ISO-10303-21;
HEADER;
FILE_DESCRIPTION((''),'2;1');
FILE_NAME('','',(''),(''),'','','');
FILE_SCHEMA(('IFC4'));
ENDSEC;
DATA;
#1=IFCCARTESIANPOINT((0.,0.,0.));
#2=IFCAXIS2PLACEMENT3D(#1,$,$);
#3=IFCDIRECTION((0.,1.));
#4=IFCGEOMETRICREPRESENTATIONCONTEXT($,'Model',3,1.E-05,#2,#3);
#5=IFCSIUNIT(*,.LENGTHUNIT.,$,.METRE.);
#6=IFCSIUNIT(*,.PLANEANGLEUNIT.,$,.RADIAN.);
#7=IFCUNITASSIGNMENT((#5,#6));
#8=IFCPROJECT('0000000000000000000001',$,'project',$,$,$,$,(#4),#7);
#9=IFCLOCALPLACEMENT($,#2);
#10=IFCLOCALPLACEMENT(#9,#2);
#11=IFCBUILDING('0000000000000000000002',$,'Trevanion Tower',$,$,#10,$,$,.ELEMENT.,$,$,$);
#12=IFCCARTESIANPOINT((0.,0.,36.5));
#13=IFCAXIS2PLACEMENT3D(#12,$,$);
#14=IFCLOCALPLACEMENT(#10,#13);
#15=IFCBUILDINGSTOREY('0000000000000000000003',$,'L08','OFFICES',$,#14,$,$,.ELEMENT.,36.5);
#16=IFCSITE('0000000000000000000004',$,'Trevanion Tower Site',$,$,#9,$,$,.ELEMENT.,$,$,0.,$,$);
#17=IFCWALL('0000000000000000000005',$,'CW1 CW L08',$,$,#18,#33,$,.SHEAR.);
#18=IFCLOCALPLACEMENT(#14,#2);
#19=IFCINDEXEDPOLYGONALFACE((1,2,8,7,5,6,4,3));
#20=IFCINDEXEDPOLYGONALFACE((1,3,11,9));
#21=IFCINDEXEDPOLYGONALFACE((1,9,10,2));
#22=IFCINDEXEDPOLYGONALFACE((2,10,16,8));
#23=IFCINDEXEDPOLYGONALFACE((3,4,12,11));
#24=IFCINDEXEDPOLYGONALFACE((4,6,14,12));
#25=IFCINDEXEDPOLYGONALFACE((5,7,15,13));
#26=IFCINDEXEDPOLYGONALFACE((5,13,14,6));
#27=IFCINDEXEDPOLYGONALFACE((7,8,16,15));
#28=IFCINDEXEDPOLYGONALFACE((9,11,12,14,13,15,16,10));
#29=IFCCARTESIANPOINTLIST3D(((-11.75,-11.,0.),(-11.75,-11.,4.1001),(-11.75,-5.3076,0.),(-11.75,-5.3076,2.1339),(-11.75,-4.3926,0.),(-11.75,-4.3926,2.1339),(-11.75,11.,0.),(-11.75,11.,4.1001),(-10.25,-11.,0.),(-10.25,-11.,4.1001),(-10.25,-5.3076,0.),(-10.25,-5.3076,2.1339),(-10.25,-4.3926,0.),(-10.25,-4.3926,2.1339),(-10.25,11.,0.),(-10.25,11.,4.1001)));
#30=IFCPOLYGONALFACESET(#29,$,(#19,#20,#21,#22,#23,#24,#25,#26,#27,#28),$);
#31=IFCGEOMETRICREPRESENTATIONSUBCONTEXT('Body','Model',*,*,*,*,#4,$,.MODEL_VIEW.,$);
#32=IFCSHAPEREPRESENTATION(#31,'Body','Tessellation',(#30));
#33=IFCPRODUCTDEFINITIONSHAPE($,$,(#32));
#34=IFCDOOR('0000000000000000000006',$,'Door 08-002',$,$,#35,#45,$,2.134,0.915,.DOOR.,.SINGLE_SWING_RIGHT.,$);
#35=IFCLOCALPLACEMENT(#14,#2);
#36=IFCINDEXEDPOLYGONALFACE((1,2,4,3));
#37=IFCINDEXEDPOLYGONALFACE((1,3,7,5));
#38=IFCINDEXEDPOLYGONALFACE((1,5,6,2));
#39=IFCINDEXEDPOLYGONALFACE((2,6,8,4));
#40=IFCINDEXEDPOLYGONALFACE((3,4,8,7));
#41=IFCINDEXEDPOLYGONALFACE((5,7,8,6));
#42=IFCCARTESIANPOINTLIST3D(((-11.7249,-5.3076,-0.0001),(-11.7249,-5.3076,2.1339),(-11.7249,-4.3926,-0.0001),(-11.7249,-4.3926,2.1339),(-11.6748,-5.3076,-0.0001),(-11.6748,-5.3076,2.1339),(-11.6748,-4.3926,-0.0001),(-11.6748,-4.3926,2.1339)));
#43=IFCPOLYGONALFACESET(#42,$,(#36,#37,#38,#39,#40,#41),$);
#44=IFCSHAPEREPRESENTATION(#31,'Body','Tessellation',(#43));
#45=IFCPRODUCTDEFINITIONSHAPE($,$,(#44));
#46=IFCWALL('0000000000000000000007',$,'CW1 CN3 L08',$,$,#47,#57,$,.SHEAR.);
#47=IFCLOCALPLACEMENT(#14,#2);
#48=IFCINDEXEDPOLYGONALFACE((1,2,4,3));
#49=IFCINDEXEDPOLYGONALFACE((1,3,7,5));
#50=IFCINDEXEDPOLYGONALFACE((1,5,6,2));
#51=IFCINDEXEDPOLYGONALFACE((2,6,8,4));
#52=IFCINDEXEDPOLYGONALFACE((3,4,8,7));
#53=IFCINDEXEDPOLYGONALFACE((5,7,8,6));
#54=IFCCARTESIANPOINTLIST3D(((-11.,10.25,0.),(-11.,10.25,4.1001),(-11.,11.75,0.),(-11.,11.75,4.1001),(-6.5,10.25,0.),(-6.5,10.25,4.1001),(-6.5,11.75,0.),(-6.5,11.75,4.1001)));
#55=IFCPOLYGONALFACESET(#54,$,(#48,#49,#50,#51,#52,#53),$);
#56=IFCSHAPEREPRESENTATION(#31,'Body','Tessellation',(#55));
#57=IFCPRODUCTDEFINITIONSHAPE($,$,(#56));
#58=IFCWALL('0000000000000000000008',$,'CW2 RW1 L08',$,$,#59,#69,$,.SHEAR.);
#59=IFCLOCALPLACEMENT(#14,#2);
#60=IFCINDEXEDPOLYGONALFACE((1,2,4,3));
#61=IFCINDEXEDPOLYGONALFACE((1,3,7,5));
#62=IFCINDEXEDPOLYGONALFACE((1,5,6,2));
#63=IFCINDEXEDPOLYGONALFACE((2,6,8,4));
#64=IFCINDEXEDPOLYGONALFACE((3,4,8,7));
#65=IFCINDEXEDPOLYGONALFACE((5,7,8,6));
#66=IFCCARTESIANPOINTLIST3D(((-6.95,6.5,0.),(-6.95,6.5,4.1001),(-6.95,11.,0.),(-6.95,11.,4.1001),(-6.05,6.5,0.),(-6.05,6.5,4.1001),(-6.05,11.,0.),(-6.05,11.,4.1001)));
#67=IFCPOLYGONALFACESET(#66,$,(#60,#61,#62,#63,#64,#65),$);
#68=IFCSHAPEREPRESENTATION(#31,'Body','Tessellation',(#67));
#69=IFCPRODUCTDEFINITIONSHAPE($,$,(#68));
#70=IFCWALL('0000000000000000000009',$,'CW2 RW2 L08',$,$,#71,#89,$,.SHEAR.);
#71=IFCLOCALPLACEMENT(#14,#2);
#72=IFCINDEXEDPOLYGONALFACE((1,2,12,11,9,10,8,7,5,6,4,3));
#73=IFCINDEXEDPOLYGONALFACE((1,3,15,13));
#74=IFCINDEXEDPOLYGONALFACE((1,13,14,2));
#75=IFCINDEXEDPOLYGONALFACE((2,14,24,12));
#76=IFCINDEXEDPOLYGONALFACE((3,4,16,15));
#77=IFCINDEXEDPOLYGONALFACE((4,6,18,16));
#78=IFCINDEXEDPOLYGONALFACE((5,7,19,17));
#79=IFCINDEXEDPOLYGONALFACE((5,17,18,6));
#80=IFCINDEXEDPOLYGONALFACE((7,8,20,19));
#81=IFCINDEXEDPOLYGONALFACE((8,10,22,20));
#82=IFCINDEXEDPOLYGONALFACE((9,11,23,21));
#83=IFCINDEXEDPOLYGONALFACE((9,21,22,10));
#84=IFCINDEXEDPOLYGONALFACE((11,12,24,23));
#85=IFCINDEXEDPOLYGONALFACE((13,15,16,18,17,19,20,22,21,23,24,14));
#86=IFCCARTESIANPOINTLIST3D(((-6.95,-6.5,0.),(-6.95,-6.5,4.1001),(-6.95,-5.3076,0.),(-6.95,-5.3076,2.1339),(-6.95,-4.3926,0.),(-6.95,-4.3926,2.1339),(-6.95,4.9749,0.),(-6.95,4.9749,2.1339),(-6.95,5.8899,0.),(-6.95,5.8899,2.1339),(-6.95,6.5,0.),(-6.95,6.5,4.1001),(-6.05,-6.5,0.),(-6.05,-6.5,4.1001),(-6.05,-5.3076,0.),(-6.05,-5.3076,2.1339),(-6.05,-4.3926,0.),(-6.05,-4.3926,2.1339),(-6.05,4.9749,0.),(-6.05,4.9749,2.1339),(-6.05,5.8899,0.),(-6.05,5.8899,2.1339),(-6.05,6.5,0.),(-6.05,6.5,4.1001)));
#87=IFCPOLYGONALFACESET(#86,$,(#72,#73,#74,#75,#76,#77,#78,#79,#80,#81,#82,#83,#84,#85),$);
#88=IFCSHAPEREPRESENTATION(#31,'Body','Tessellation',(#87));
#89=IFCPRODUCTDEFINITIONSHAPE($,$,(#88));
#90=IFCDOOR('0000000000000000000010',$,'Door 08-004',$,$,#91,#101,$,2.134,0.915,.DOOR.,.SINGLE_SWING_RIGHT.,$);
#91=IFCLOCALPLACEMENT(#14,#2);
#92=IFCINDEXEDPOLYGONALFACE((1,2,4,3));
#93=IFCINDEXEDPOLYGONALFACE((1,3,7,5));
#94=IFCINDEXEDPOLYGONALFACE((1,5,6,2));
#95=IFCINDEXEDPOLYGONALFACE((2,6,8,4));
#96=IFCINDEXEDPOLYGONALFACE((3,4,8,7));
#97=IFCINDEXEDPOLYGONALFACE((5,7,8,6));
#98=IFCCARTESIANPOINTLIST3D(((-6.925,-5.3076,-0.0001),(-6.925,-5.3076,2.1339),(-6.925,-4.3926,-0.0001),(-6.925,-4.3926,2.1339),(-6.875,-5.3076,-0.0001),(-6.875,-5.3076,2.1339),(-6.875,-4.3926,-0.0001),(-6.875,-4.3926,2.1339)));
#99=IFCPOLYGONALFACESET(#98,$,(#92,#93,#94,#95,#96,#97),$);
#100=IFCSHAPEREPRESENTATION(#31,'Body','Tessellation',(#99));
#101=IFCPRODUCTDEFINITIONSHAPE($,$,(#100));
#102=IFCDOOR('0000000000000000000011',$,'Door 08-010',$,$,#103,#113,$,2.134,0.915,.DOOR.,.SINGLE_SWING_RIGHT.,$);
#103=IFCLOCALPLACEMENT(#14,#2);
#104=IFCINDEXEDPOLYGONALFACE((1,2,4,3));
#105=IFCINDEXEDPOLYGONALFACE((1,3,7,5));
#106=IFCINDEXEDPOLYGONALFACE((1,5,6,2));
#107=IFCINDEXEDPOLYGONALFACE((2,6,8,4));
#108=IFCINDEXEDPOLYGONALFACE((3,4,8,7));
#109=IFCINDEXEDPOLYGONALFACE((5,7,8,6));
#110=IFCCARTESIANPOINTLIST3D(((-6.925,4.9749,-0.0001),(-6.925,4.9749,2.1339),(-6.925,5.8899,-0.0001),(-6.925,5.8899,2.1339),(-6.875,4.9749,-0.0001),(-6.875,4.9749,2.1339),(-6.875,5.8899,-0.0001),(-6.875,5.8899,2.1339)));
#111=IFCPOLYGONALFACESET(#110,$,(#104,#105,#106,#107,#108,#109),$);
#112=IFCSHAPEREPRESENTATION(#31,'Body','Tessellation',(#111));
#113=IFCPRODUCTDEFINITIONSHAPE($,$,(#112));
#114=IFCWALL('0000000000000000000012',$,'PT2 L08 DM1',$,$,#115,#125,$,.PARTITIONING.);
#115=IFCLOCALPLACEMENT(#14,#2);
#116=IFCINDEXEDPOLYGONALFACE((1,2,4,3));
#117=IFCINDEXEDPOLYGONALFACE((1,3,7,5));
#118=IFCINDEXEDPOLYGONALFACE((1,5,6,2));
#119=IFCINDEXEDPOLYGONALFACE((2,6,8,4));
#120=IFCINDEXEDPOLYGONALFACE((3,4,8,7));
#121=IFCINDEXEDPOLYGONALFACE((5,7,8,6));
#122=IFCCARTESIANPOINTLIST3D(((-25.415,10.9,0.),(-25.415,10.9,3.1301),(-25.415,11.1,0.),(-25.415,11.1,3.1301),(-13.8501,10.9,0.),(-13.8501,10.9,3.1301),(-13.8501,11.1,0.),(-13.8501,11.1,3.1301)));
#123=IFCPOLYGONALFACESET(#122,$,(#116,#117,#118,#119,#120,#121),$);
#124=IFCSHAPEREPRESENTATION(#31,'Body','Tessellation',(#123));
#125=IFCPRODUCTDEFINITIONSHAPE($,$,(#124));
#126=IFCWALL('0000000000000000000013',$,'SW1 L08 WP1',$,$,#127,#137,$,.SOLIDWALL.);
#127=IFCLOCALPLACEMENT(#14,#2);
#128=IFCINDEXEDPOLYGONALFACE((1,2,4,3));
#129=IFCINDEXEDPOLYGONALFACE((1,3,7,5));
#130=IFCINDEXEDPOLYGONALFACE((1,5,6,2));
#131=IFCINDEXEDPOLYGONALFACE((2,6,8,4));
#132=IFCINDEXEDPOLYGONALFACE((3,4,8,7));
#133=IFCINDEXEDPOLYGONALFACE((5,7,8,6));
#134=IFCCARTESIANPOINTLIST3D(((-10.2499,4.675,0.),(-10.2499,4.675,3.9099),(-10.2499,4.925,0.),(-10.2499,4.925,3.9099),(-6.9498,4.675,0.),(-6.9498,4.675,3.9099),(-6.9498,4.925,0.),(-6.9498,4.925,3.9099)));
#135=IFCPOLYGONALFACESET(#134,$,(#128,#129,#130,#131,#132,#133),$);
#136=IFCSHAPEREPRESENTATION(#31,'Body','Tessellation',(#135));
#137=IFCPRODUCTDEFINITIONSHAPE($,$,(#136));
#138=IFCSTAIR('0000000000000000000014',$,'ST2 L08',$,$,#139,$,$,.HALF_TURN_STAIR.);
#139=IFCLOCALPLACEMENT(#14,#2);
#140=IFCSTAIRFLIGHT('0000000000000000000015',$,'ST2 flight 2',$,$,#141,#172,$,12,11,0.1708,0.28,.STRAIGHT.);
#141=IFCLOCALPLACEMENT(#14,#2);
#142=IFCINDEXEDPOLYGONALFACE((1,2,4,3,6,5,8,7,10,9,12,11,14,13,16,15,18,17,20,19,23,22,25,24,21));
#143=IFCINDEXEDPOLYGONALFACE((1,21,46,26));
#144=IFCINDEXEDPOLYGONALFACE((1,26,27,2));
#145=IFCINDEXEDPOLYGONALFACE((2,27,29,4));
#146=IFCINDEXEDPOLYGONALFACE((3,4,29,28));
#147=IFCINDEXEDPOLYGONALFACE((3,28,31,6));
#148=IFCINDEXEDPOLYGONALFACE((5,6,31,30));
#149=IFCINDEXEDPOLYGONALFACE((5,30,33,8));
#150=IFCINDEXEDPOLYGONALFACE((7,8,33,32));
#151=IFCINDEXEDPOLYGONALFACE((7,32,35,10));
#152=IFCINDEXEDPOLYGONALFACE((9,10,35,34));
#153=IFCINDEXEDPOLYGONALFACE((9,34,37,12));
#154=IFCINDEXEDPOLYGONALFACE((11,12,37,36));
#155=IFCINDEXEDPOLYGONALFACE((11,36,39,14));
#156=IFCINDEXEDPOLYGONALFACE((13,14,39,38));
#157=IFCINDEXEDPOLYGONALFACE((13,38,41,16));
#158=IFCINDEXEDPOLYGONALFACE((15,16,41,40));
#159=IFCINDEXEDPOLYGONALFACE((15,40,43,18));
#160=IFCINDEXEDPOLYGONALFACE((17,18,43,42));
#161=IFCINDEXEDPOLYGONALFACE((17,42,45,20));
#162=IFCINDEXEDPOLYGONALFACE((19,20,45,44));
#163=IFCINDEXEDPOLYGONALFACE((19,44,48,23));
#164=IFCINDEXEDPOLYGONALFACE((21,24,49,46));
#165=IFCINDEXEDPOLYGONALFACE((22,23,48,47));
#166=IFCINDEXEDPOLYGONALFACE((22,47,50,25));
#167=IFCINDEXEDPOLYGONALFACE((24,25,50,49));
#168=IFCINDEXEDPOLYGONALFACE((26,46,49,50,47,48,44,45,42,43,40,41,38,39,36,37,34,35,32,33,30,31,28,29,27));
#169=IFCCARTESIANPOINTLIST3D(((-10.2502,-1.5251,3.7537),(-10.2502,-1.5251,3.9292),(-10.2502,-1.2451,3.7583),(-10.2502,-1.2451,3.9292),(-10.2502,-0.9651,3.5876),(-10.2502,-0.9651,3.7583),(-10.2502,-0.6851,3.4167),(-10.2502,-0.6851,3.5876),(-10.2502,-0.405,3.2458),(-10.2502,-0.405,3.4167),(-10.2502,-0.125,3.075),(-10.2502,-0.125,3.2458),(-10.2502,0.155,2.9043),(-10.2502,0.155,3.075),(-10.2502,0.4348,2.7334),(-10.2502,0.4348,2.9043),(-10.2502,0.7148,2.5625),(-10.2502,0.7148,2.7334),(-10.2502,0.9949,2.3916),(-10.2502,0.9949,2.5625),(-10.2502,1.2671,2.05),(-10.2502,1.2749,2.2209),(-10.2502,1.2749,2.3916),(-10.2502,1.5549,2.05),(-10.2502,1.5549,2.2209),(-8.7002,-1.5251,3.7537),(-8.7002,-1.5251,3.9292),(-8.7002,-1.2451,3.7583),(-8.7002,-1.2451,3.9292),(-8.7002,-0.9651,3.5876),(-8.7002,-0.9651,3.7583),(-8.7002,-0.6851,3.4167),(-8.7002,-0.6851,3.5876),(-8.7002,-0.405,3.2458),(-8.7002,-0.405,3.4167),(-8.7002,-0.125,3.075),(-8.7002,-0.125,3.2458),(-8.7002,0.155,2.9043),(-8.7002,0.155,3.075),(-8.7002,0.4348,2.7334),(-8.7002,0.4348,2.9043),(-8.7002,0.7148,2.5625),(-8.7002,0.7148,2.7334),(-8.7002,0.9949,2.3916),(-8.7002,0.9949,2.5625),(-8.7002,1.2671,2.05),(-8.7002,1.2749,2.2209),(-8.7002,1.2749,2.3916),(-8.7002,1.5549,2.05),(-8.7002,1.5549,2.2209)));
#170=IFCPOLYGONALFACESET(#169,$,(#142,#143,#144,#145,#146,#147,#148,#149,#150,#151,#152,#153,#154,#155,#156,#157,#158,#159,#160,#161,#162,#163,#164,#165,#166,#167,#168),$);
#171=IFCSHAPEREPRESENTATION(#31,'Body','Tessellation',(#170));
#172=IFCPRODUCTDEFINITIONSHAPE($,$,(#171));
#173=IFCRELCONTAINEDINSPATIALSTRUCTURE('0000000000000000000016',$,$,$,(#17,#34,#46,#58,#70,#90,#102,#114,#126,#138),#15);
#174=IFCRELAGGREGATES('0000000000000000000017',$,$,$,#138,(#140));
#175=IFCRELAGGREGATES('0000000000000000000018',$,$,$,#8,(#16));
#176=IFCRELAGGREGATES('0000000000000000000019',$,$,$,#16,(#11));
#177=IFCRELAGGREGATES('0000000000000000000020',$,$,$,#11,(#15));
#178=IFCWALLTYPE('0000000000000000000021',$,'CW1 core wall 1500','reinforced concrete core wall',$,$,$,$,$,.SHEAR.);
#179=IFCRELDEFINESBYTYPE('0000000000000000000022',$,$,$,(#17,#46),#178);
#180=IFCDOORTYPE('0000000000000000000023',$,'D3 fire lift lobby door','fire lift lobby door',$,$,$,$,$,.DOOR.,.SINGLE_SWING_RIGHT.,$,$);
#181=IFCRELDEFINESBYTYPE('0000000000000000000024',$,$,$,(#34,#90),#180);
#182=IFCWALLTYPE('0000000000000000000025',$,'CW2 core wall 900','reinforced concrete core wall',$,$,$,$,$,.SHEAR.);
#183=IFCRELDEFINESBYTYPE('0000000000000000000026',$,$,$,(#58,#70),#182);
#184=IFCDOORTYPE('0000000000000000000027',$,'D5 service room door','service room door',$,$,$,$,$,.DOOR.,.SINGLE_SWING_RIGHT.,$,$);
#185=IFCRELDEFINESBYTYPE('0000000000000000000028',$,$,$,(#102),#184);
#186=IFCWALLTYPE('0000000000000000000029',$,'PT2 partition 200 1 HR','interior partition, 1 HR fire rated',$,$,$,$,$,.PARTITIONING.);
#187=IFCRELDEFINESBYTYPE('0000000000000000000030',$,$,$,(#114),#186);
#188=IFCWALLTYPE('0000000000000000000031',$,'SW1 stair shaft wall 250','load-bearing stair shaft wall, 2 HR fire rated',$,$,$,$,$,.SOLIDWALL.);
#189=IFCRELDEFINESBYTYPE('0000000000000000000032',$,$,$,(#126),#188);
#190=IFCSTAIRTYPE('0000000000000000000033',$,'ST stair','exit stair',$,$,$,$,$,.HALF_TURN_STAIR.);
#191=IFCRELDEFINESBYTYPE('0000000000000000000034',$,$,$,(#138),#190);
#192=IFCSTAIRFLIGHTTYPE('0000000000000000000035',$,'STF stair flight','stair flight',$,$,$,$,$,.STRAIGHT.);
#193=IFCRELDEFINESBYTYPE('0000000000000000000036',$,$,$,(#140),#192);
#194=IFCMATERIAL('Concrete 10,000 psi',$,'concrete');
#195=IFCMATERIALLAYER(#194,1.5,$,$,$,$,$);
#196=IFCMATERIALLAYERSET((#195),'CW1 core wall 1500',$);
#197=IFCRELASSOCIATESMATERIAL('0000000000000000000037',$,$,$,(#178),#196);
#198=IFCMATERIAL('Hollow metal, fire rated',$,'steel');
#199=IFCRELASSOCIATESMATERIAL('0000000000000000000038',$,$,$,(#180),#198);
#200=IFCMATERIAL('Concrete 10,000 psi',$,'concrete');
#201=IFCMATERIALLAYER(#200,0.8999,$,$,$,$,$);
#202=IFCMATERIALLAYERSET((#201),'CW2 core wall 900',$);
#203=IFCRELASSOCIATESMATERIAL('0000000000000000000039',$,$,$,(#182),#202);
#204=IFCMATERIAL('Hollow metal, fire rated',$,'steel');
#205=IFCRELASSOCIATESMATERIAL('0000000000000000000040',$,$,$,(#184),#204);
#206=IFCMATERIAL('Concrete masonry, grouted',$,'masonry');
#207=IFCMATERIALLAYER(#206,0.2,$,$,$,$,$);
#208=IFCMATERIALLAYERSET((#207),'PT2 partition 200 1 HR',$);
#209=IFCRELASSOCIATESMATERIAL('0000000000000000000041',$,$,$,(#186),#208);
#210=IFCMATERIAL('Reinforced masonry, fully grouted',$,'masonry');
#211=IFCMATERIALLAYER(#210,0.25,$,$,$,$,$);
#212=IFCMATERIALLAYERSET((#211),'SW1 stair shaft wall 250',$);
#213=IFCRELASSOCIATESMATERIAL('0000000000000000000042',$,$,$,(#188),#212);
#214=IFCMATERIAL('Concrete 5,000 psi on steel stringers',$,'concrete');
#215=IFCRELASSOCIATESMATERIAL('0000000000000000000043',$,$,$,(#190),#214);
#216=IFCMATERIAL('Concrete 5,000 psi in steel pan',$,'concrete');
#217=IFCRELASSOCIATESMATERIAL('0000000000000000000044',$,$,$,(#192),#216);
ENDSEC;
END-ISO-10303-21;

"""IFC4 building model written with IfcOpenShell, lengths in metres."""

from ifc_helpers import new_model, si_unit, direction, frame, frame_2d, origin, place, context, subcontext, project, spatial, polyline, rectangle, outline, extrude, material, layer, layer_set, type_object, element, fill, aggregate, save


model = new_model("IFC4")

# Units and contexts
model_context = context("Model", 3, precision=1e-05, world=origin(), true_north=direction((0.0, 1.0)))
body_context = subcontext(model_context, "Body", "Model", "MODEL_VIEW")
ifc_project = project(units=[si_unit("LENGTHUNIT", "METRE"), si_unit("PLANEANGLEUNIT", "RADIAN")], contexts=[model_context])

# Site, building, storey
site_placement = place(None, origin())
site = spatial("IfcSite", under=ifc_project, at=site_placement, Name="Trevanion Tower Site", CompositionType="ELEMENT", RefElevation=0.0)
building_placement = place(site_placement, origin())
building = spatial("IfcBuilding", under=site, at=building_placement, Name="Trevanion Tower", CompositionType="ELEMENT")
storey_placement = place(building_placement, frame((0.0, 0.0, 36.5)))
storey = spatial("IfcBuildingStorey", under=building, at=storey_placement, Name="L08", Description="OFFICES", CompositionType="ELEMENT", Elevation=36.5)

# Wall, opening, door
ifc_material_1 = material(Name="Concrete 10,000 psi", Category="concrete")
ifc_layer_1 = layer(ifc_material_1, 1.5)
ifc_layer_set_1 = layer_set([ifc_layer_1], Name="CW1 core wall 1500")
wall_type_1 = type_object("IfcWallType", Name="CW1 core wall 1500", Description="reinforced concrete core wall", PredefinedType="SHEAR", material=ifc_layer_set_1)
wall_1_placement = place(storey_placement, frame((-11.0, 11.0, 0.0), z_axis=(0.0, 0.0, 1.0), x_axis=(0.0, -1.0, 0.0)))
wall_1 = element("IfcWall", 1, at=wall_1_placement, inside=storey, type_object=wall_type_1, Name="CW1 CW L08", PredefinedType="SHEAR", context=body_context, shape_type="SweptSolid", body=[
    extrude(rectangle(XDim=22.0, YDim=1.5, at=frame_2d((11.0, 0.0))), origin(), (0.0, 0.0, 1.0), 4.1001),
])
opening_1_placement = place(wall_1_placement, frame((15.3926, 0.0, 0.0)))
opening_1 = element("IfcOpeningElement", 2, at=opening_1_placement, cuts=wall_1, PredefinedType="OPENING", context=body_context, shape_type="SweptSolid", body=[
    extrude(rectangle(XDim=0.915, YDim=2.134, at=frame_2d((0.4575, 1.0669))), frame((0.0, 0.76, 0.0), z_axis=(0.0, -1.0, 0.0), x_axis=(1.0, 0.0, 0.0)), (0.0, 0.0, 1.0), 1.52),
])
ifc_material_2 = material(Name="Hollow metal, fire rated", Category="steel")
door_type_1 = type_object("IfcDoorType", Name="D3 fire lift lobby door", Description="fire lift lobby door", OperationType="SINGLE_SWING_RIGHT", PredefinedType="DOOR", material=ifc_material_2)
door_1_placement = place(opening_1_placement, origin())
door_1 = element("IfcDoor", 3, at=door_1_placement, inside=storey, type_object=door_type_1, Name="Door 08-002", OperationType="SINGLE_SWING_RIGHT", OverallHeight=2.134, OverallWidth=0.915, PredefinedType="DOOR", context=body_context, shape_type="SweptSolid", body=[
    extrude(rectangle(XDim=0.915, YDim=2.134, at=frame_2d((0.4575, 1.0669))), frame((0.0, -0.6748, 0.0), z_axis=(0.0, -1.0, 0.0), x_axis=(1.0, 0.0, 0.0)), (0.0, 0.0, 1.0), 0.05),
])
fill(opening_1, door_1)

# Walls
wall_2_placement = place(storey_placement, frame((-6.5, 11.0, 0.0), z_axis=(0.0, 0.0, 1.0), x_axis=(-1.0, 0.0, 0.0)))
element("IfcWall", 4, at=wall_2_placement, inside=storey, type_object=wall_type_1, Name="CW1 CN3 L08", PredefinedType="SHEAR", context=body_context, shape_type="SweptSolid", body=[
    extrude(rectangle(XDim=4.5, YDim=1.5, at=frame_2d((2.25, 0.0))), origin(), (0.0, 0.0, 1.0), 4.1001),
])
ifc_material_3 = material(Name="Concrete 10,000 psi", Category="concrete")
ifc_layer_2 = layer(ifc_material_3, 0.8999)
ifc_layer_set_2 = layer_set([ifc_layer_2], Name="CW2 core wall 900")
wall_type_2 = type_object("IfcWallType", Name="CW2 core wall 900", Description="reinforced concrete core wall", PredefinedType="SHEAR", material=ifc_layer_set_2)
wall_3_placement = place(storey_placement, frame((-6.5, 11.0, 0.0), z_axis=(0.0, 0.0, 1.0), x_axis=(0.0, -1.0, 0.0)))
element("IfcWall", 5, at=wall_3_placement, inside=storey, type_object=wall_type_2, Name="CW2 RW1 L08", PredefinedType="SHEAR", context=body_context, shape_type="SweptSolid", body=[
    extrude(rectangle(XDim=4.5, YDim=0.8999, at=frame_2d((2.25, 0.0))), origin(), (0.0, 0.0, 1.0), 4.1001),
])

# Wall, openings, doors
wall_4_placement = place(storey_placement, frame((-6.5, 6.5, 0.0), z_axis=(0.0, 0.0, 1.0), x_axis=(0.0, -1.0, 0.0)))
wall_4 = element("IfcWall", 6, at=wall_4_placement, inside=storey, type_object=wall_type_2, Name="CW2 RW2 L08", PredefinedType="SHEAR", context=body_context, shape_type="SweptSolid", body=[
    extrude(rectangle(XDim=13.0, YDim=0.8999, at=frame_2d((6.5, 0.0))), origin(), (0.0, 0.0, 1.0), 4.1001),
])
opening_2_placement = place(wall_4_placement, frame((10.8926, 0.0, 0.0)))
opening_2 = element("IfcOpeningElement", 7, at=opening_2_placement, cuts=wall_4, PredefinedType="OPENING", context=body_context, shape_type="SweptSolid", body=[
    extrude(rectangle(XDim=0.915, YDim=2.134, at=frame_2d((0.4575, 1.0669))), frame((0.0, 0.46, 0.0), z_axis=(0.0, -1.0, 0.0), x_axis=(1.0, 0.0, 0.0)), (0.0, 0.0, 1.0), 0.9199),
])
opening_3_placement = place(wall_4_placement, frame((0.6101, 0.0, 0.0)))
opening_3 = element("IfcOpeningElement", 8, at=opening_3_placement, cuts=wall_4, PredefinedType="OPENING", context=body_context, shape_type="SweptSolid", body=[
    extrude(rectangle(XDim=0.915, YDim=2.134, at=frame_2d((0.4575, 1.0669))), frame((0.0, 0.46, 0.0), z_axis=(0.0, -1.0, 0.0), x_axis=(1.0, 0.0, 0.0)), (0.0, 0.0, 1.0), 0.9199),
])
door_2_placement = place(opening_2_placement, origin())
door_2 = element("IfcDoor", 9, at=door_2_placement, inside=storey, type_object=door_type_1, Name="Door 08-004", OperationType="SINGLE_SWING_RIGHT", OverallHeight=2.134, OverallWidth=0.915, PredefinedType="DOOR", context=body_context, shape_type="SweptSolid", body=[
    extrude(rectangle(XDim=0.915, YDim=2.134, at=frame_2d((0.4575, 1.0669))), frame((0.0, -0.375, 0.0), z_axis=(0.0, -1.0, 0.0), x_axis=(1.0, 0.0, 0.0)), (0.0, 0.0, 1.0), 0.05),
])
fill(opening_2, door_2)
ifc_material_4 = material(Name="Hollow metal, fire rated", Category="steel")
door_type_2 = type_object("IfcDoorType", Name="D5 service room door", Description="service room door", OperationType="SINGLE_SWING_RIGHT", PredefinedType="DOOR", material=ifc_material_4)
door_3_placement = place(opening_3_placement, origin())
door_3 = element("IfcDoor", 10, at=door_3_placement, inside=storey, type_object=door_type_2, Name="Door 08-010", OperationType="SINGLE_SWING_RIGHT", OverallHeight=2.134, OverallWidth=0.915, PredefinedType="DOOR", context=body_context, shape_type="SweptSolid", body=[
    extrude(rectangle(XDim=0.915, YDim=2.134, at=frame_2d((0.4575, 1.0669))), frame((0.0, -0.375, 0.0), z_axis=(0.0, -1.0, 0.0), x_axis=(1.0, 0.0, 0.0)), (0.0, 0.0, 1.0), 0.05),
])
fill(opening_3, door_3)

# Walls
ifc_material_5 = material(Name="Concrete masonry, grouted", Category="masonry")
ifc_layer_3 = layer(ifc_material_5, 0.2)
ifc_layer_set_3 = layer_set([ifc_layer_3], Name="PT2 partition 200 1 HR")
wall_type_3 = type_object("IfcWallType", Name="PT2 partition 200 1 HR", Description="interior partition, 1 HR fire rated", PredefinedType="PARTITIONING", material=ifc_layer_set_3)
wall_5_placement = place(storey_placement, frame((-13.8501, 11.0, 0.0), z_axis=(0.0, 0.0, 1.0), x_axis=(-1.0, 0.0, 0.0)))
element("IfcWall", 11, at=wall_5_placement, inside=storey, type_object=wall_type_3, Name="PT2 L08 DM1", PredefinedType="PARTITIONING", context=body_context, shape_type="SweptSolid", body=[
    extrude(rectangle(XDim=11.5649, YDim=0.2, at=frame_2d((5.7825, 0.0))), origin(), (0.0, 0.0, 1.0), 3.1301),
])
ifc_material_6 = material(Name="Reinforced masonry, fully grouted", Category="masonry")
ifc_layer_4 = layer(ifc_material_6, 0.25)
ifc_layer_set_4 = layer_set([ifc_layer_4], Name="SW1 stair shaft wall 250")
wall_type_4 = type_object("IfcWallType", Name="SW1 stair shaft wall 250", Description="load-bearing stair shaft wall, 2 HR fire rated", PredefinedType="SOLIDWALL", material=ifc_layer_set_4)
wall_6_placement = place(storey_placement, frame((-6.95, 4.8, 0.0), z_axis=(0.0, 0.0, 1.0), x_axis=(-1.0, 0.0, 0.0)))
element("IfcWall", 12, at=wall_6_placement, inside=storey, type_object=wall_type_4, Name="SW1 L08 WP1", PredefinedType="SOLIDWALL", context=body_context, shape_type="SweptSolid", body=[
    extrude(rectangle(XDim=3.3, YDim=0.25, at=frame_2d((1.6499, 0.0))), origin(), (0.0, 0.0, 1.0), 3.9099),
])

# Stair, stair flight
ifc_material_7 = material(Name="Concrete 5,000 psi on steel stringers", Category="concrete")
stair_type = type_object("IfcStairType", Name="ST stair", Description="exit stair", PredefinedType="HALF_TURN_STAIR", material=ifc_material_7)
stair_placement = place(storey_placement, origin())
stair = element("IfcStair", 13, at=stair_placement, inside=storey, type_object=stair_type, Name="ST2 L08", PredefinedType="HALF_TURN_STAIR")
ifc_material_8 = material(Name="Concrete 5,000 psi in steel pan", Category="concrete")
stair_flight_type = type_object("IfcStairFlightType", Name="STF stair flight", Description="stair flight", PredefinedType="STRAIGHT", material=ifc_material_8)
stair_flight_placement = place(storey_placement, frame((-9.4751, 1.5549, 2.05), z_axis=(0.0, 0.0, 1.0), x_axis=(0.0, -1.0, 0.0)))
stair_flight = element("IfcStairFlight", 14, at=stair_flight_placement, type_object=stair_flight_type, Name="ST2 flight 2", NumberOfRisers=12, NumberOfTreads=11, PredefinedType="STRAIGHT", RiserHeight=0.1708, TreadLength=0.28, context=body_context, shape_type="SweptSolid", body=[
    extrude(outline(polyline([(0.0, 0.0), (0.0, 0.1709), (0.28, 0.1709), (0.28, 0.3416), (0.5601, 0.3416), (0.5601, 0.5125), (0.8401, 0.5125), (0.8401, 0.6833), (1.1201, 0.6833), (1.1201, 0.8542), (1.3999, 0.8542), (1.3999, 1.0249), (1.6799, 1.0249), (1.6799, 1.1958), (1.96, 1.1958), (1.96, 1.3667), (2.24, 1.3667), (2.24, 1.5376), (2.52, 1.5376), (2.52, 1.7083), (2.8, 1.7083), (2.8, 1.8792), (3.0801, 1.8792), (3.0801, 2.05), (3.0801, 1.7036), (0.2878, 0.0), (0.0, 0.0)])), frame((0.0, 0.7749, 0.0), z_axis=(0.0, -1.0, 0.0), x_axis=(1.0, 0.0, 0.0)), (0.0, 0.0, 1.0), 1.55),
])
aggregate(stair, [stair_flight])

save(model, "model.ifc")
